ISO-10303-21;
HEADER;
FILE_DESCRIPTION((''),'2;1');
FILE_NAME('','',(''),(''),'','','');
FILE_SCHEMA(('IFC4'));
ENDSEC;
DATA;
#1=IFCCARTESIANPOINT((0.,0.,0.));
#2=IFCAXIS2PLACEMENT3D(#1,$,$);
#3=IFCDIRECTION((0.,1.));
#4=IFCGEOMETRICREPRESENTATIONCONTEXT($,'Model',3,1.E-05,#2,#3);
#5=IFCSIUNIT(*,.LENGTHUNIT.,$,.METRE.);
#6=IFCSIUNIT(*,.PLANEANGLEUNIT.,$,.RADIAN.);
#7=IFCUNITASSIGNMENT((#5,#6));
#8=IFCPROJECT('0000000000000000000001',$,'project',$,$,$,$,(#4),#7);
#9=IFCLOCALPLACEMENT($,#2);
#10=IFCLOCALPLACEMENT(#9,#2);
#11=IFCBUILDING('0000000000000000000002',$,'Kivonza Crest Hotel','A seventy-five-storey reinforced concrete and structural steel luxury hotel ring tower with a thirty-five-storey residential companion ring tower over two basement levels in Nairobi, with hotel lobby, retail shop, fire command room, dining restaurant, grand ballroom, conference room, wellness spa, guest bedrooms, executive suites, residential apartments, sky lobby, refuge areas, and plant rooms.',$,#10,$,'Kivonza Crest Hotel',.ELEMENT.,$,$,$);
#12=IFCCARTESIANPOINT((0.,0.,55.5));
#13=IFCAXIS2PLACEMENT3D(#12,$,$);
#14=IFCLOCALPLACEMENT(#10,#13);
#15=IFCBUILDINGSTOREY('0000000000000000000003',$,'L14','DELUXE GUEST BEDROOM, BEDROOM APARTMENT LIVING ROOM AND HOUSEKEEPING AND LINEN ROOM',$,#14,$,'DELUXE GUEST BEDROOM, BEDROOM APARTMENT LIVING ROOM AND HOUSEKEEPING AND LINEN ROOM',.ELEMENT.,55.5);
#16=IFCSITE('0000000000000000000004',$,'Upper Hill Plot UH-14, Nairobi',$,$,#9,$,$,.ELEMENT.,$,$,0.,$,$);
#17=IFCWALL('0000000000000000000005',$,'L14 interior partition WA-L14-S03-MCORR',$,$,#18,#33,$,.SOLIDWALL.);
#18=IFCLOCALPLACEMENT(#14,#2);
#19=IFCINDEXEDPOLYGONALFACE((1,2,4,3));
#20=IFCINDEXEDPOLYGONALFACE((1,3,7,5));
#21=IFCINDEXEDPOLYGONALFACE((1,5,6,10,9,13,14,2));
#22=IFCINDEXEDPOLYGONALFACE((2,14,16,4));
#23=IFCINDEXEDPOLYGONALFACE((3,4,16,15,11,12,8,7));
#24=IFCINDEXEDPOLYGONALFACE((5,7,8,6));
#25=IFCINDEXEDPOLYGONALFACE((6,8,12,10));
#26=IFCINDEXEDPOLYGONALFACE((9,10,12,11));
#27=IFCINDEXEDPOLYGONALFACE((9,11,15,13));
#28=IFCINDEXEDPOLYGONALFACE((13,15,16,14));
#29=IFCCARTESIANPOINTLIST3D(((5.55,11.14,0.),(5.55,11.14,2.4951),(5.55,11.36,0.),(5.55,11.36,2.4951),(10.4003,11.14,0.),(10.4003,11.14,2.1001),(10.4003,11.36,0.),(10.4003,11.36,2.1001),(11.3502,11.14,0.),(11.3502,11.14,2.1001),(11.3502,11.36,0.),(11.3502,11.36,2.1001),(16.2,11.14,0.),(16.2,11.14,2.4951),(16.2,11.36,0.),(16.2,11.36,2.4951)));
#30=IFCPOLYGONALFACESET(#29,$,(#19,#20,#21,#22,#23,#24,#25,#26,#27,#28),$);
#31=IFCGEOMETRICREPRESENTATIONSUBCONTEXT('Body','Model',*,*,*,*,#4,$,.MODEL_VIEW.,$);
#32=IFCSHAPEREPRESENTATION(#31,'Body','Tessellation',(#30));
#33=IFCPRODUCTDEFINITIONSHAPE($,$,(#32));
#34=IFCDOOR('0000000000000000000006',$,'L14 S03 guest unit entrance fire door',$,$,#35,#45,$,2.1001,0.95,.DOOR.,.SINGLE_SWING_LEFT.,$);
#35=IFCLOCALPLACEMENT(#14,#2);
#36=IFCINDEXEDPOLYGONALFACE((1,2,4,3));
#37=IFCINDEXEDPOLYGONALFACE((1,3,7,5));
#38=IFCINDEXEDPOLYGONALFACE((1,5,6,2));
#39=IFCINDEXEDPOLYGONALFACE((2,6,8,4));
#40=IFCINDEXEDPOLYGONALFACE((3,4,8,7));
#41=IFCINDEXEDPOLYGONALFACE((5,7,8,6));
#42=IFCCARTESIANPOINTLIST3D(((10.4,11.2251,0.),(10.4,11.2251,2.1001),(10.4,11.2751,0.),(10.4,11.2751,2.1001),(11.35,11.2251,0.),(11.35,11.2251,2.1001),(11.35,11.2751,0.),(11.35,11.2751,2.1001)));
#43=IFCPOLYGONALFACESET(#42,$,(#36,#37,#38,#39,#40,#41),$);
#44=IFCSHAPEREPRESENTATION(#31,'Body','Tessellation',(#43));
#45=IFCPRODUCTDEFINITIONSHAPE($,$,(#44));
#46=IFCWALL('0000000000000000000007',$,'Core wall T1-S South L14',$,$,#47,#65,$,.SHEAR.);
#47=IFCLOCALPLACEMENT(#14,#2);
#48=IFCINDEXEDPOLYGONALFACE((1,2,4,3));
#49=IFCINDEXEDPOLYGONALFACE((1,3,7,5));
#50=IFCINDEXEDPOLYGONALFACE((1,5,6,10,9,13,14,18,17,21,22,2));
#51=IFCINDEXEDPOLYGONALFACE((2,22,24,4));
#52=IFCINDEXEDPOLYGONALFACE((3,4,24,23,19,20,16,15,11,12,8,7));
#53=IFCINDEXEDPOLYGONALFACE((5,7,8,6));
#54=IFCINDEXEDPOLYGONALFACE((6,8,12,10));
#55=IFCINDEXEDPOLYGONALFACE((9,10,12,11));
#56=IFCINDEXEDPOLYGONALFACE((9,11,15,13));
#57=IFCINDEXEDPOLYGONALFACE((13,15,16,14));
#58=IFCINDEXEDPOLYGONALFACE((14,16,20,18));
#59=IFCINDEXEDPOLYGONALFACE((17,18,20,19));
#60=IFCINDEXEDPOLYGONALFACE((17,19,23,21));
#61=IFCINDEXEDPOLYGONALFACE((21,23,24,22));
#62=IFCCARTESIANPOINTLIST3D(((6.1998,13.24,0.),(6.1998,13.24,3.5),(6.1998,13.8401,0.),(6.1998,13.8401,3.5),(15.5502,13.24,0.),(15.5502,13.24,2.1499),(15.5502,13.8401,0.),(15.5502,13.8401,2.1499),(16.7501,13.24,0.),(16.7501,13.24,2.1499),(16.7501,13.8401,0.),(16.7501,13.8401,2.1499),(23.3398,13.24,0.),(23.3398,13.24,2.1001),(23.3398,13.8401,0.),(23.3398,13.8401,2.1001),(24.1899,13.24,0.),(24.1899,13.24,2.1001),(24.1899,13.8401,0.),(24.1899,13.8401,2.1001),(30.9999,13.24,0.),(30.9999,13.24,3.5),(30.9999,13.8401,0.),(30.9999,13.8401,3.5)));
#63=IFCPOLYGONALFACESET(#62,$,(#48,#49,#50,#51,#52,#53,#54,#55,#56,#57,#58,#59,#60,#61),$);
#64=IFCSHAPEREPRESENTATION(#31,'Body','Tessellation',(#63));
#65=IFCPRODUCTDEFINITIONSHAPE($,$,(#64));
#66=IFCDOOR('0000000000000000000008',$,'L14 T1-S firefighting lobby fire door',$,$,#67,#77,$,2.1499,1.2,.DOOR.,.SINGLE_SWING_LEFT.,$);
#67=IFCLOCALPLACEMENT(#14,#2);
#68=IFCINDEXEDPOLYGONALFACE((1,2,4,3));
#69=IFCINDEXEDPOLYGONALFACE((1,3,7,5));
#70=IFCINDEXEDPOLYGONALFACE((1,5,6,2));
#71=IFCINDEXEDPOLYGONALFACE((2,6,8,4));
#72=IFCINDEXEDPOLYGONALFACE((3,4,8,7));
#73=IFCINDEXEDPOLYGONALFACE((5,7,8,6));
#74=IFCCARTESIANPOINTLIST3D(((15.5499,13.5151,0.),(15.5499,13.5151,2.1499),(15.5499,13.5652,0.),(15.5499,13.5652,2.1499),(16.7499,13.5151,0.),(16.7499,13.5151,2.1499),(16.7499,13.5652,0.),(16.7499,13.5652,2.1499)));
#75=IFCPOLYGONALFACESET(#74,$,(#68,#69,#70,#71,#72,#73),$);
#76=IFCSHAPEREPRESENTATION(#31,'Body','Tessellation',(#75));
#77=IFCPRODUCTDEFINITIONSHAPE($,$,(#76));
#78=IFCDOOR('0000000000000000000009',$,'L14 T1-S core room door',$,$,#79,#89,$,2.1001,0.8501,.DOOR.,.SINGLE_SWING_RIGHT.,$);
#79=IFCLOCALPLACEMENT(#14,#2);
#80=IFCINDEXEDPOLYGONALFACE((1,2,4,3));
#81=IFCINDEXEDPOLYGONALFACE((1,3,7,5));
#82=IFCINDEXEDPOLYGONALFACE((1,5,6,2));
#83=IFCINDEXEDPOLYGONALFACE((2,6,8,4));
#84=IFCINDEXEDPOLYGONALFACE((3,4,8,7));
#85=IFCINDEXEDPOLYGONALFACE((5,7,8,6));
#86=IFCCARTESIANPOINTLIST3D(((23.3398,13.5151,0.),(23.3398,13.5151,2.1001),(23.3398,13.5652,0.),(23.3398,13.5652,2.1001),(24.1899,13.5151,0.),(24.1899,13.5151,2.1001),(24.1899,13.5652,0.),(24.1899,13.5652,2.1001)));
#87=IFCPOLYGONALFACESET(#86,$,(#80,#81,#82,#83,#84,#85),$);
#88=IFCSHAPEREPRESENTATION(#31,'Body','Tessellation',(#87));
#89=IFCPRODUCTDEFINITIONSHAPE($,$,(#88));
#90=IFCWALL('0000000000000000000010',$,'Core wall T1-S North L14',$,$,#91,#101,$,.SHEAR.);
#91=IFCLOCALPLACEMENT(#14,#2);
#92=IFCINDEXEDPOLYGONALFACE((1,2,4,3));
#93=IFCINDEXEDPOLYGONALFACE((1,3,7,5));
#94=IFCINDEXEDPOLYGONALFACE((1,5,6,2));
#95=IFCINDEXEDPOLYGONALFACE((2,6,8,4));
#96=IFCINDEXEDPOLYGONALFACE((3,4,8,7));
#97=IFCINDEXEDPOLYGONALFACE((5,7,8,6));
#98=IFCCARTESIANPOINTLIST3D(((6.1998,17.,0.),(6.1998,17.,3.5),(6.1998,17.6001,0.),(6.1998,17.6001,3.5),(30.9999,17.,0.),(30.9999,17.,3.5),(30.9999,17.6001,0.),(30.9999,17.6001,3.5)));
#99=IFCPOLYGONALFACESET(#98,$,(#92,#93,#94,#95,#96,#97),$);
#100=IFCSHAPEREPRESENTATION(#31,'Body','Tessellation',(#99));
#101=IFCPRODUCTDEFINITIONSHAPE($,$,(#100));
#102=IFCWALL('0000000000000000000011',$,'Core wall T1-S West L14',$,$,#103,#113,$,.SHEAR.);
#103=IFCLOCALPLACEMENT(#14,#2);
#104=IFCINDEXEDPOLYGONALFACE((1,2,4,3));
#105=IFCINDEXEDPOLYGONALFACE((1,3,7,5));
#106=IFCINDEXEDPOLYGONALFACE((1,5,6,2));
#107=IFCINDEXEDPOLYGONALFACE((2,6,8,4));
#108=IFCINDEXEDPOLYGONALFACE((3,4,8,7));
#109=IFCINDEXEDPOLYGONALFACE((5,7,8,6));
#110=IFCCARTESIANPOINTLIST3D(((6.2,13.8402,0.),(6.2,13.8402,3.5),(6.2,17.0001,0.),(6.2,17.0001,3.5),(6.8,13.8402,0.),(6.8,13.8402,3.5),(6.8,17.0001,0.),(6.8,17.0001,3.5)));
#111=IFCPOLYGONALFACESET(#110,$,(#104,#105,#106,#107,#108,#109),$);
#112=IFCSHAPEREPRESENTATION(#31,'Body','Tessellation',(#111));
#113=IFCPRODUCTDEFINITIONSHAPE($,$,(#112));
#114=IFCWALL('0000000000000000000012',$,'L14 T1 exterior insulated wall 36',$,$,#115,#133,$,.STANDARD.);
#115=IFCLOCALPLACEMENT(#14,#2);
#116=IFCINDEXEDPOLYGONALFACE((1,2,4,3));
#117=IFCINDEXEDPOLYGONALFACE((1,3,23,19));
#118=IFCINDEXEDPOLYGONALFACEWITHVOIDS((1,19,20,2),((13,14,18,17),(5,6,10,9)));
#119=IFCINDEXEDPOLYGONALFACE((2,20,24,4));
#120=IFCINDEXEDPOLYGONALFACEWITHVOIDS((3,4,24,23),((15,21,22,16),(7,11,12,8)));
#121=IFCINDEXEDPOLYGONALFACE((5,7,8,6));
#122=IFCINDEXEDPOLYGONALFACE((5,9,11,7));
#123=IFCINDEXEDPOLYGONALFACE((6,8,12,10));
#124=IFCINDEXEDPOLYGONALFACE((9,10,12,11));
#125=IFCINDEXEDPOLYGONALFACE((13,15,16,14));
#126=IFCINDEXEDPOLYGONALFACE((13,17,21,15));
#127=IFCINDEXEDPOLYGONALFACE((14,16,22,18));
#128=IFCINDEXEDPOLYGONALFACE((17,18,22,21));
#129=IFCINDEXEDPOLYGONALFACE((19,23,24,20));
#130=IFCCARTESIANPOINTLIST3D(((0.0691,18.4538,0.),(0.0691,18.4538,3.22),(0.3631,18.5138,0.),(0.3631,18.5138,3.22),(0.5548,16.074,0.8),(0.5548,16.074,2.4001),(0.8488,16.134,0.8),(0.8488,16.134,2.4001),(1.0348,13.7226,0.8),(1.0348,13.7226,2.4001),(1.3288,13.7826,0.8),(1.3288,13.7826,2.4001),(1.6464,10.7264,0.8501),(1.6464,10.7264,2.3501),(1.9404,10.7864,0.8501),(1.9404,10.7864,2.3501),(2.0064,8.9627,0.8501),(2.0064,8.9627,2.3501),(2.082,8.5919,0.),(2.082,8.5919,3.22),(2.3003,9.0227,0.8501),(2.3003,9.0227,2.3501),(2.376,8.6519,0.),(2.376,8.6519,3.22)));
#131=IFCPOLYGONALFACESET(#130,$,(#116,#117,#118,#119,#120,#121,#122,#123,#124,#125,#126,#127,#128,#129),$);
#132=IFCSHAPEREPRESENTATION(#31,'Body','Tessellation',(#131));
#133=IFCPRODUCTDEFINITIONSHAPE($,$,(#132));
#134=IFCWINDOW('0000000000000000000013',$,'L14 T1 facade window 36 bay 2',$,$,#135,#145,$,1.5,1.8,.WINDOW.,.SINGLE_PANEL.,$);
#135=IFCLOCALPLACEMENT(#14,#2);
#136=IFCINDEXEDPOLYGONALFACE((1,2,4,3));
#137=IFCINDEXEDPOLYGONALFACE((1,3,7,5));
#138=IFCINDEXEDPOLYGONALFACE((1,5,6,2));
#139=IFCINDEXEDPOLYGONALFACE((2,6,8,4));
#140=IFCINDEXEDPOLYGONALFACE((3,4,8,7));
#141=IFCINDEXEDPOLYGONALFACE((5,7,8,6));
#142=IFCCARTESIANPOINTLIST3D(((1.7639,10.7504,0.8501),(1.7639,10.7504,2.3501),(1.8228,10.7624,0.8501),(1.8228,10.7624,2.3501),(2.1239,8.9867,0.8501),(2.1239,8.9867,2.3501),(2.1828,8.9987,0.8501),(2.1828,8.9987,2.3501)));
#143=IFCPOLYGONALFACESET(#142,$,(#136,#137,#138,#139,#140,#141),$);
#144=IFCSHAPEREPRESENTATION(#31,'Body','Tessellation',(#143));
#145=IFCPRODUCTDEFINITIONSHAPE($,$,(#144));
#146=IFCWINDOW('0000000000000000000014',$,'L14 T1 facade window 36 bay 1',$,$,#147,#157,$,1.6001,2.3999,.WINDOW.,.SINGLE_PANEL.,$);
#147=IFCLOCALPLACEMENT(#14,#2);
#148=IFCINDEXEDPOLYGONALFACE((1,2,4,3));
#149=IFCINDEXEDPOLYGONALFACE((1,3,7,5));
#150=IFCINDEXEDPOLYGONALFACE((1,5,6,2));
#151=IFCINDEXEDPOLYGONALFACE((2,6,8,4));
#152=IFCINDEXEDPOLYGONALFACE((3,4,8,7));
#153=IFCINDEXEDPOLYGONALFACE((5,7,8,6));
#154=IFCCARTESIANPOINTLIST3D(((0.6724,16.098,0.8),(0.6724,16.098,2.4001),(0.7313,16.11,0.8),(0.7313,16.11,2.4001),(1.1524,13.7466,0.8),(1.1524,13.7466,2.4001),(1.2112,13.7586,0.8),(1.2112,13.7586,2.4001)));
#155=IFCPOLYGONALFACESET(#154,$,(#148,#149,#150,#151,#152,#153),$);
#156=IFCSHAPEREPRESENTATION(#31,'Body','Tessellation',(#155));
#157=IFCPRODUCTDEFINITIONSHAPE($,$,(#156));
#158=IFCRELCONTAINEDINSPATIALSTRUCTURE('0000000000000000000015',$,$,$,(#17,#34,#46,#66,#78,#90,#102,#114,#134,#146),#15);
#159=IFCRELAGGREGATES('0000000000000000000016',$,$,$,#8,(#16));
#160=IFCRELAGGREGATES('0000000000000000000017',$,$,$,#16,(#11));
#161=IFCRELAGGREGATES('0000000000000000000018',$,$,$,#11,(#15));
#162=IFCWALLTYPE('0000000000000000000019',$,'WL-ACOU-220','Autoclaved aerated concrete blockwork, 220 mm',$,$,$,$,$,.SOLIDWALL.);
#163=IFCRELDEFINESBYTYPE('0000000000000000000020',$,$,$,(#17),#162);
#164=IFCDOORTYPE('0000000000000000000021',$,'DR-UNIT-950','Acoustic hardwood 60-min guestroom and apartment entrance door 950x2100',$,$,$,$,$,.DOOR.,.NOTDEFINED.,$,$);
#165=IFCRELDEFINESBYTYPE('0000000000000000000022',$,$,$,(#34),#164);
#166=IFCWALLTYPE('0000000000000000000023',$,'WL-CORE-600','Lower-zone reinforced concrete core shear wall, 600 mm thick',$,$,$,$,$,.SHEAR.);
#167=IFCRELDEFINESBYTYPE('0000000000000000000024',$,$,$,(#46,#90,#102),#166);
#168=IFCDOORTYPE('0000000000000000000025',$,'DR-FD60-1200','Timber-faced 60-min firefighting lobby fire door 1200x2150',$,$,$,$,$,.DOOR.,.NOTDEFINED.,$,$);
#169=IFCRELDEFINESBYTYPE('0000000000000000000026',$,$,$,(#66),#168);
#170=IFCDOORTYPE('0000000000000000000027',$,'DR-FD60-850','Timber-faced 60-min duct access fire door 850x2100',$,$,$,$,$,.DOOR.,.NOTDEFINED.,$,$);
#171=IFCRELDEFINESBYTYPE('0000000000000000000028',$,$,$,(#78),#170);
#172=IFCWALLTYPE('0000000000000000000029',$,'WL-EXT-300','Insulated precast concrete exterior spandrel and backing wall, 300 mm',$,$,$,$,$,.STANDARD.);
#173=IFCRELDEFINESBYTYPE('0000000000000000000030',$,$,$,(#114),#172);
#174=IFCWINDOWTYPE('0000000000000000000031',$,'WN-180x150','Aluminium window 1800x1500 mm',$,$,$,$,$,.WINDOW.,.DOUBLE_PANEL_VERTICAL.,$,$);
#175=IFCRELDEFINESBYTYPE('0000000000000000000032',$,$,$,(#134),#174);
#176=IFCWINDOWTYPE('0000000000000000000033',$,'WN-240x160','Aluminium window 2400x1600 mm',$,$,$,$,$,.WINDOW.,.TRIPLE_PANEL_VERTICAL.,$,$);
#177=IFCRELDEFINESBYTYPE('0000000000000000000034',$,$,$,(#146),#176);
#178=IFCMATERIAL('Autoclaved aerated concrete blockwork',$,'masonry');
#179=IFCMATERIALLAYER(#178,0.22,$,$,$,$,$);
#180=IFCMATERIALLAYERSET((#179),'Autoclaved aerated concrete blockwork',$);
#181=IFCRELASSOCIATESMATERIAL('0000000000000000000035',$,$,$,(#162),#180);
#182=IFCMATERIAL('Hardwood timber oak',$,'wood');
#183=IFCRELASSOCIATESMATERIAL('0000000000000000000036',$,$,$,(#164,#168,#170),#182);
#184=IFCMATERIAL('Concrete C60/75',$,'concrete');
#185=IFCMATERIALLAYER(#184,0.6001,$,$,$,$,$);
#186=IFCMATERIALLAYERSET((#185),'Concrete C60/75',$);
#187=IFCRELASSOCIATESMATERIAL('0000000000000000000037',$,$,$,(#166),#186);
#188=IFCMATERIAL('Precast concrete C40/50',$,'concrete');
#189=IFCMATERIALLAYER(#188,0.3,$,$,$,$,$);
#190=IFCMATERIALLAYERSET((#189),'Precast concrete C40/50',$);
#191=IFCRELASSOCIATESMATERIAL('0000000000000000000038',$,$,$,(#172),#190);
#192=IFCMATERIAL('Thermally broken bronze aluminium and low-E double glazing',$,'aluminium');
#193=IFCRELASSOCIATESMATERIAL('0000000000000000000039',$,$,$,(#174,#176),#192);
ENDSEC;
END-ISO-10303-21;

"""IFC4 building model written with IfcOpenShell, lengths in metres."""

from ifc_helpers import new_model, si_unit, direction, frame, frame_2d, origin, place, context, subcontext, project, spatial, rectangle, extrude, material, layer, layer_set, type_object, element, fill, save


model = new_model("IFC4")

# Units and contexts
model_context = context("Model", 3, precision=1e-05, world=origin(), true_north=direction((0.0, 1.0)))
body_context = subcontext(model_context, "Body", "Model", "MODEL_VIEW")
ifc_project = project(units=[si_unit("LENGTHUNIT", "METRE"), si_unit("PLANEANGLEUNIT", "RADIAN")], contexts=[model_context])

# Site, building, storey
site_placement = place(None, origin())
site = spatial("IfcSite", under=ifc_project, at=site_placement, Name="Upper Hill Plot UH-14, Nairobi", CompositionType="ELEMENT", RefElevation=0.0)
building_placement = place(site_placement, origin())
building = spatial("IfcBuilding", under=site, at=building_placement, Name="Kivonza Crest Hotel", Description="A seventy-five-storey reinforced concrete and structural steel luxury hotel ring tower with a thirty-five-storey residential companion ring tower over two basement levels in Nairobi, with hotel lobby, retail shop, fire command room, dining restaurant, grand ballroom, conference room, wellness spa, guest bedrooms, executive suites, residential apartments, sky lobby, refuge areas, and plant rooms.", LongName="Kivonza Crest Hotel", CompositionType="ELEMENT")
storey_placement = place(building_placement, frame((0.0, 0.0, 55.5)))
storey = spatial("IfcBuildingStorey", under=building, at=storey_placement, Name="L14", Description="DELUXE GUEST BEDROOM, BEDROOM APARTMENT LIVING ROOM AND HOUSEKEEPING AND LINEN ROOM", LongName="DELUXE GUEST BEDROOM, BEDROOM APARTMENT LIVING ROOM AND HOUSEKEEPING AND LINEN ROOM", CompositionType="ELEMENT", Elevation=55.5)

# Shared definitions
ifc_material_1 = material(Name="Concrete C60/75", Category="concrete")

# Wall, opening, door
ifc_material_2 = material(Name="Autoclaved aerated concrete blockwork", Category="masonry")
ifc_layer_1 = layer(ifc_material_2, 0.22)
ifc_layer_set_1 = layer_set([ifc_layer_1], Name="Autoclaved aerated concrete blockwork")
wall_type_1 = type_object("IfcWallType", Name="WL-ACOU-220", Description="Autoclaved aerated concrete blockwork, 220 mm", PredefinedType="SOLIDWALL", material=ifc_layer_set_1)
wall_1_placement = place(storey_placement, frame((5.55, 11.25, 0.0), z_axis=(0.0, 0.0, 1.0), x_axis=(1.0, 0.0, 0.0)))
wall_1 = element("IfcWall", 1, at=wall_1_placement, inside=storey, type_object=wall_type_1, Name="L14 interior partition WA-L14-S03-MCORR", PredefinedType="SOLIDWALL", context=body_context, shape_type="SweptSolid", body=[
    extrude(rectangle(XDim=10.6499, YDim=0.22, at=frame_2d((5.325, 0.0))), origin(), (0.0, 0.0, 1.0), 2.4951),
])
opening_1_placement = place(wall_1_placement, frame((4.8501, 0.0, 0.0)))
opening_1 = element("IfcOpeningElement", 2, at=opening_1_placement, cuts=wall_1, PredefinedType="OPENING", context=body_context, shape_type="SweptSolid", body=[
    extrude(rectangle(XDim=0.95, YDim=2.1001, at=frame_2d((0.4751, 1.05))), frame((0.0, 0.1201, 0.0), z_axis=(0.0, -1.0, 0.0), x_axis=(1.0, 0.0, 0.0)), (0.0, 0.0, 1.0), 0.24),
])
ifc_material_3 = material(Name="Hardwood timber oak", Category="wood")
door_type_1 = type_object("IfcDoorType", Name="DR-UNIT-950", Description="Acoustic hardwood 60-min guestroom and apartment entrance door 950x2100", OperationType="NOTDEFINED", PredefinedType="DOOR", material=ifc_material_3)
door_1_placement = place(opening_1_placement, frame((0.95, 0.0, 0.0), z_axis=(0.0, 0.0, 1.0), x_axis=(-1.0, 0.0, 0.0)))
door_1 = element("IfcDoor", 3, at=door_1_placement, inside=storey, type_object=door_type_1, Name="L14 S03 guest unit entrance fire door", OperationType="SINGLE_SWING_LEFT", OverallHeight=2.1001, OverallWidth=0.95, PredefinedType="DOOR", context=body_context, shape_type="SweptSolid", body=[
    extrude(rectangle(XDim=0.95, YDim=2.1001, at=frame_2d((0.4751, 1.05))), frame((0.0, 0.0249, 0.0), z_axis=(0.0, -1.0, 0.0), x_axis=(1.0, 0.0, 0.0)), (0.0, 0.0, 1.0), 0.05),
])
fill(opening_1, door_1)

# Wall, openings, doors
ifc_layer_2 = layer(ifc_material_1, 0.6001)
ifc_layer_set_2 = layer_set([ifc_layer_2], Name="Concrete C60/75")
wall_type_2 = type_object("IfcWallType", Name="WL-CORE-600", Description="Lower-zone reinforced concrete core shear wall, 600 mm thick", PredefinedType="SHEAR", material=ifc_layer_set_2)
wall_2_placement = place(storey_placement, frame((6.2, 13.54, 0.0), z_axis=(0.0, 0.0, 1.0), x_axis=(1.0, 0.0, 0.0)))
wall_2 = element("IfcWall", 4, at=wall_2_placement, inside=storey, type_object=wall_type_2, Name="Core wall T1-S South L14", PredefinedType="SHEAR", context=body_context, shape_type="SweptSolid", body=[
    extrude(rectangle(XDim=24.8, YDim=0.6001, at=frame_2d((12.3999, 0.0))), origin(), (0.0, 0.0, 1.0), 3.5),
])
opening_2_placement = place(wall_2_placement, frame((9.3501, 0.0, 0.0)))
opening_2 = element("IfcOpeningElement", 5, at=opening_2_placement, cuts=wall_2, PredefinedType="OPENING", context=body_context, shape_type="SweptSolid", body=[
    extrude(rectangle(XDim=1.2, YDim=2.1499, at=frame_2d((0.6001, 1.075))), frame((0.0, 0.3101, 0.0), z_axis=(0.0, -1.0, 0.0), x_axis=(1.0, 0.0, 0.0)), (0.0, 0.0, 1.0), 0.6201),
])
opening_3_placement = place(wall_2_placement, frame((17.1399, 0.0, 0.0)))
opening_3 = element("IfcOpeningElement", 6, at=opening_3_placement, cuts=wall_2, PredefinedType="OPENING", context=body_context, shape_type="SweptSolid", body=[
    extrude(rectangle(XDim=0.8501, YDim=2.1001, at=frame_2d((0.425, 1.05))), frame((0.0, 0.3101, 0.0), z_axis=(0.0, -1.0, 0.0), x_axis=(1.0, 0.0, 0.0)), (0.0, 0.0, 1.0), 0.6201),
])
door_type_2 = type_object("IfcDoorType", Name="DR-FD60-1200", Description="Timber-faced 60-min firefighting lobby fire door 1200x2150", OperationType="NOTDEFINED", PredefinedType="DOOR", material=ifc_material_3)
door_2_placement = place(opening_2_placement, frame((1.2, 0.0, 0.0), z_axis=(0.0, 0.0, 1.0), x_axis=(-1.0, 0.0, 0.0)))
door_2 = element("IfcDoor", 7, at=door_2_placement, inside=storey, type_object=door_type_2, Name="L14 T1-S firefighting lobby fire door", OperationType="SINGLE_SWING_LEFT", OverallHeight=2.1499, OverallWidth=1.2, PredefinedType="DOOR", context=body_context, shape_type="SweptSolid", body=[
    extrude(rectangle(XDim=1.2, YDim=2.1499, at=frame_2d((0.6001, 1.075))), frame((0.0, 0.0249, 0.0), z_axis=(0.0, -1.0, 0.0), x_axis=(1.0, 0.0, 0.0)), (0.0, 0.0, 1.0), 0.05),
])
fill(opening_2, door_2)
door_type_3 = type_object("IfcDoorType", Name="DR-FD60-850", Description="Timber-faced 60-min duct access fire door 850x2100", OperationType="NOTDEFINED", PredefinedType="DOOR", material=ifc_material_3)
door_3_placement = place(opening_3_placement, frame((0.8501, 0.0, 0.0), z_axis=(0.0, 0.0, 1.0), x_axis=(-1.0, 0.0, 0.0)))
door_3 = element("IfcDoor", 8, at=door_3_placement, inside=storey, type_object=door_type_3, Name="L14 T1-S core room door", OperationType="SINGLE_SWING_RIGHT", OverallHeight=2.1001, OverallWidth=0.8501, PredefinedType="DOOR", context=body_context, shape_type="SweptSolid", body=[
    extrude(rectangle(XDim=0.8501, YDim=2.1001, at=frame_2d((0.425, 1.05))), frame((0.0, 0.0249, 0.0), z_axis=(0.0, -1.0, 0.0), x_axis=(1.0, 0.0, 0.0)), (0.0, 0.0, 1.0), 0.05),
])
fill(opening_3, door_3)

# Walls
wall_3_placement = place(storey_placement, frame((6.2, 17.3, 0.0), z_axis=(0.0, 0.0, 1.0), x_axis=(1.0, 0.0, 0.0)))
element("IfcWall", 9, at=wall_3_placement, inside=storey, type_object=wall_type_2, Name="Core wall T1-S North L14", PredefinedType="SHEAR", context=body_context, shape_type="SweptSolid", body=[
    extrude(rectangle(XDim=24.8, YDim=0.6001, at=frame_2d((12.3999, 0.0))), origin(), (0.0, 0.0, 1.0), 3.5),
])
wall_4_placement = place(storey_placement, frame((6.5, 13.8401, 0.0), z_axis=(0.0, 0.0, 1.0), x_axis=(0.0, 1.0, 0.0)))
element("IfcWall", 10, at=wall_4_placement, inside=storey, type_object=wall_type_2, Name="Core wall T1-S West L14", PredefinedType="SHEAR", context=body_context, shape_type="SweptSolid", body=[
    extrude(rectangle(XDim=3.1599, YDim=0.6001, at=frame_2d((1.5801, 0.0))), origin(), (0.0, 0.0, 1.0), 3.5),
])

# Wall, openings, windows
ifc_material_4 = material(Name="Precast concrete C40/50", Category="concrete")
ifc_layer_3 = layer(ifc_material_4, 0.3)
ifc_layer_set_3 = layer_set([ifc_layer_3], Name="Precast concrete C40/50")
wall_type_3 = type_object("IfcWallType", Name="WL-EXT-300", Description="Insulated precast concrete exterior spandrel and backing wall, 300 mm", PredefinedType="STANDARD", material=ifc_layer_set_3)
wall_5_placement = place(storey_placement, frame((0.2161, 18.4839, 0.0), z_axis=(0.0, 0.0, 1.0), x_axis=(0.199991, -0.979798, 0.0)))
wall_5 = element("IfcWall", 11, at=wall_5_placement, inside=storey, type_object=wall_type_3, Name="L14 T1 exterior insulated wall 36", PredefinedType="STANDARD", context=body_context, shape_type="SweptSolid", body=[
    extrude(rectangle(XDim=10.0652, YDim=0.3, at=frame_2d((5.0327, 0.0))), origin(), (0.0, 0.0, 1.0), 3.22),
])
opening_4_placement = place(wall_5_placement, frame((2.429, 0.0, 0.8)))
opening_4 = element("IfcOpeningElement", 12, at=opening_4_placement, cuts=wall_5, PredefinedType="OPENING", context=body_context, shape_type="SweptSolid", body=[
    extrude(rectangle(XDim=2.3999, YDim=1.6001, at=frame_2d((1.2, 0.8))), frame((0.0, 0.1602, 0.0), z_axis=(0.0, -1.0, 0.0), x_axis=(1.0, 0.0, 0.0)), (0.0, 0.0, 1.0), 0.3201),
])
opening_5_placement = place(wall_5_placement, frame((7.887, 0.0, 0.8501)))
opening_5 = element("IfcOpeningElement", 13, at=opening_5_placement, cuts=wall_5, PredefinedType="OPENING", context=body_context, shape_type="SweptSolid", body=[
    extrude(rectangle(XDim=1.8, YDim=1.5, at=frame_2d((0.8999, 0.75))), frame((0.0, 0.1602, 0.0), z_axis=(0.0, -1.0, 0.0), x_axis=(1.0, 0.0, 0.0)), (0.0, 0.0, 1.0), 0.3201),
])
ifc_material_5 = material(Name="Thermally broken bronze aluminium and low-E double glazing", Category="aluminium")
window_type_1 = type_object("IfcWindowType", Name="WN-180x150", Description="Aluminium window 1800x1500 mm", PartitioningType="DOUBLE_PANEL_VERTICAL", PredefinedType="WINDOW", material=ifc_material_5)
window_1_placement = place(opening_5_placement, origin())
window_1 = element("IfcWindow", 14, at=window_1_placement, inside=storey, type_object=window_type_1, Name="L14 T1 facade window 36 bay 2", OverallHeight=1.5, OverallWidth=1.8, PartitioningType="SINGLE_PANEL", PredefinedType="WINDOW", context=body_context, shape_type="SweptSolid", body=[
    extrude(rectangle(XDim=1.8, YDim=1.5, at=frame_2d((0.8999, 0.75))), frame((0.0, 0.03, 0.0), z_axis=(0.0, -1.0, 0.0), x_axis=(1.0, 0.0, 0.0)), (0.0, 0.0, 1.0), 0.0601),
])
fill(opening_5, window_1)
window_type_2 = type_object("IfcWindowType", Name="WN-240x160", Description="Aluminium window 2400x1600 mm", PartitioningType="TRIPLE_PANEL_VERTICAL", PredefinedType="WINDOW", material=ifc_material_5)
window_2_placement = place(opening_4_placement, origin())
window_2 = element("IfcWindow", 15, at=window_2_placement, inside=storey, type_object=window_type_2, Name="L14 T1 facade window 36 bay 1", OverallHeight=1.6001, OverallWidth=2.3999, PartitioningType="SINGLE_PANEL", PredefinedType="WINDOW", context=body_context, shape_type="SweptSolid", body=[
    extrude(rectangle(XDim=2.3999, YDim=1.6001, at=frame_2d((1.2, 0.8))), frame((0.0, 0.03, 0.0), z_axis=(0.0, -1.0, 0.0), x_axis=(1.0, 0.0, 0.0)), (0.0, 0.0, 1.0), 0.0601),
])
fill(opening_4, window_2)

save(model, "model.ifc")
